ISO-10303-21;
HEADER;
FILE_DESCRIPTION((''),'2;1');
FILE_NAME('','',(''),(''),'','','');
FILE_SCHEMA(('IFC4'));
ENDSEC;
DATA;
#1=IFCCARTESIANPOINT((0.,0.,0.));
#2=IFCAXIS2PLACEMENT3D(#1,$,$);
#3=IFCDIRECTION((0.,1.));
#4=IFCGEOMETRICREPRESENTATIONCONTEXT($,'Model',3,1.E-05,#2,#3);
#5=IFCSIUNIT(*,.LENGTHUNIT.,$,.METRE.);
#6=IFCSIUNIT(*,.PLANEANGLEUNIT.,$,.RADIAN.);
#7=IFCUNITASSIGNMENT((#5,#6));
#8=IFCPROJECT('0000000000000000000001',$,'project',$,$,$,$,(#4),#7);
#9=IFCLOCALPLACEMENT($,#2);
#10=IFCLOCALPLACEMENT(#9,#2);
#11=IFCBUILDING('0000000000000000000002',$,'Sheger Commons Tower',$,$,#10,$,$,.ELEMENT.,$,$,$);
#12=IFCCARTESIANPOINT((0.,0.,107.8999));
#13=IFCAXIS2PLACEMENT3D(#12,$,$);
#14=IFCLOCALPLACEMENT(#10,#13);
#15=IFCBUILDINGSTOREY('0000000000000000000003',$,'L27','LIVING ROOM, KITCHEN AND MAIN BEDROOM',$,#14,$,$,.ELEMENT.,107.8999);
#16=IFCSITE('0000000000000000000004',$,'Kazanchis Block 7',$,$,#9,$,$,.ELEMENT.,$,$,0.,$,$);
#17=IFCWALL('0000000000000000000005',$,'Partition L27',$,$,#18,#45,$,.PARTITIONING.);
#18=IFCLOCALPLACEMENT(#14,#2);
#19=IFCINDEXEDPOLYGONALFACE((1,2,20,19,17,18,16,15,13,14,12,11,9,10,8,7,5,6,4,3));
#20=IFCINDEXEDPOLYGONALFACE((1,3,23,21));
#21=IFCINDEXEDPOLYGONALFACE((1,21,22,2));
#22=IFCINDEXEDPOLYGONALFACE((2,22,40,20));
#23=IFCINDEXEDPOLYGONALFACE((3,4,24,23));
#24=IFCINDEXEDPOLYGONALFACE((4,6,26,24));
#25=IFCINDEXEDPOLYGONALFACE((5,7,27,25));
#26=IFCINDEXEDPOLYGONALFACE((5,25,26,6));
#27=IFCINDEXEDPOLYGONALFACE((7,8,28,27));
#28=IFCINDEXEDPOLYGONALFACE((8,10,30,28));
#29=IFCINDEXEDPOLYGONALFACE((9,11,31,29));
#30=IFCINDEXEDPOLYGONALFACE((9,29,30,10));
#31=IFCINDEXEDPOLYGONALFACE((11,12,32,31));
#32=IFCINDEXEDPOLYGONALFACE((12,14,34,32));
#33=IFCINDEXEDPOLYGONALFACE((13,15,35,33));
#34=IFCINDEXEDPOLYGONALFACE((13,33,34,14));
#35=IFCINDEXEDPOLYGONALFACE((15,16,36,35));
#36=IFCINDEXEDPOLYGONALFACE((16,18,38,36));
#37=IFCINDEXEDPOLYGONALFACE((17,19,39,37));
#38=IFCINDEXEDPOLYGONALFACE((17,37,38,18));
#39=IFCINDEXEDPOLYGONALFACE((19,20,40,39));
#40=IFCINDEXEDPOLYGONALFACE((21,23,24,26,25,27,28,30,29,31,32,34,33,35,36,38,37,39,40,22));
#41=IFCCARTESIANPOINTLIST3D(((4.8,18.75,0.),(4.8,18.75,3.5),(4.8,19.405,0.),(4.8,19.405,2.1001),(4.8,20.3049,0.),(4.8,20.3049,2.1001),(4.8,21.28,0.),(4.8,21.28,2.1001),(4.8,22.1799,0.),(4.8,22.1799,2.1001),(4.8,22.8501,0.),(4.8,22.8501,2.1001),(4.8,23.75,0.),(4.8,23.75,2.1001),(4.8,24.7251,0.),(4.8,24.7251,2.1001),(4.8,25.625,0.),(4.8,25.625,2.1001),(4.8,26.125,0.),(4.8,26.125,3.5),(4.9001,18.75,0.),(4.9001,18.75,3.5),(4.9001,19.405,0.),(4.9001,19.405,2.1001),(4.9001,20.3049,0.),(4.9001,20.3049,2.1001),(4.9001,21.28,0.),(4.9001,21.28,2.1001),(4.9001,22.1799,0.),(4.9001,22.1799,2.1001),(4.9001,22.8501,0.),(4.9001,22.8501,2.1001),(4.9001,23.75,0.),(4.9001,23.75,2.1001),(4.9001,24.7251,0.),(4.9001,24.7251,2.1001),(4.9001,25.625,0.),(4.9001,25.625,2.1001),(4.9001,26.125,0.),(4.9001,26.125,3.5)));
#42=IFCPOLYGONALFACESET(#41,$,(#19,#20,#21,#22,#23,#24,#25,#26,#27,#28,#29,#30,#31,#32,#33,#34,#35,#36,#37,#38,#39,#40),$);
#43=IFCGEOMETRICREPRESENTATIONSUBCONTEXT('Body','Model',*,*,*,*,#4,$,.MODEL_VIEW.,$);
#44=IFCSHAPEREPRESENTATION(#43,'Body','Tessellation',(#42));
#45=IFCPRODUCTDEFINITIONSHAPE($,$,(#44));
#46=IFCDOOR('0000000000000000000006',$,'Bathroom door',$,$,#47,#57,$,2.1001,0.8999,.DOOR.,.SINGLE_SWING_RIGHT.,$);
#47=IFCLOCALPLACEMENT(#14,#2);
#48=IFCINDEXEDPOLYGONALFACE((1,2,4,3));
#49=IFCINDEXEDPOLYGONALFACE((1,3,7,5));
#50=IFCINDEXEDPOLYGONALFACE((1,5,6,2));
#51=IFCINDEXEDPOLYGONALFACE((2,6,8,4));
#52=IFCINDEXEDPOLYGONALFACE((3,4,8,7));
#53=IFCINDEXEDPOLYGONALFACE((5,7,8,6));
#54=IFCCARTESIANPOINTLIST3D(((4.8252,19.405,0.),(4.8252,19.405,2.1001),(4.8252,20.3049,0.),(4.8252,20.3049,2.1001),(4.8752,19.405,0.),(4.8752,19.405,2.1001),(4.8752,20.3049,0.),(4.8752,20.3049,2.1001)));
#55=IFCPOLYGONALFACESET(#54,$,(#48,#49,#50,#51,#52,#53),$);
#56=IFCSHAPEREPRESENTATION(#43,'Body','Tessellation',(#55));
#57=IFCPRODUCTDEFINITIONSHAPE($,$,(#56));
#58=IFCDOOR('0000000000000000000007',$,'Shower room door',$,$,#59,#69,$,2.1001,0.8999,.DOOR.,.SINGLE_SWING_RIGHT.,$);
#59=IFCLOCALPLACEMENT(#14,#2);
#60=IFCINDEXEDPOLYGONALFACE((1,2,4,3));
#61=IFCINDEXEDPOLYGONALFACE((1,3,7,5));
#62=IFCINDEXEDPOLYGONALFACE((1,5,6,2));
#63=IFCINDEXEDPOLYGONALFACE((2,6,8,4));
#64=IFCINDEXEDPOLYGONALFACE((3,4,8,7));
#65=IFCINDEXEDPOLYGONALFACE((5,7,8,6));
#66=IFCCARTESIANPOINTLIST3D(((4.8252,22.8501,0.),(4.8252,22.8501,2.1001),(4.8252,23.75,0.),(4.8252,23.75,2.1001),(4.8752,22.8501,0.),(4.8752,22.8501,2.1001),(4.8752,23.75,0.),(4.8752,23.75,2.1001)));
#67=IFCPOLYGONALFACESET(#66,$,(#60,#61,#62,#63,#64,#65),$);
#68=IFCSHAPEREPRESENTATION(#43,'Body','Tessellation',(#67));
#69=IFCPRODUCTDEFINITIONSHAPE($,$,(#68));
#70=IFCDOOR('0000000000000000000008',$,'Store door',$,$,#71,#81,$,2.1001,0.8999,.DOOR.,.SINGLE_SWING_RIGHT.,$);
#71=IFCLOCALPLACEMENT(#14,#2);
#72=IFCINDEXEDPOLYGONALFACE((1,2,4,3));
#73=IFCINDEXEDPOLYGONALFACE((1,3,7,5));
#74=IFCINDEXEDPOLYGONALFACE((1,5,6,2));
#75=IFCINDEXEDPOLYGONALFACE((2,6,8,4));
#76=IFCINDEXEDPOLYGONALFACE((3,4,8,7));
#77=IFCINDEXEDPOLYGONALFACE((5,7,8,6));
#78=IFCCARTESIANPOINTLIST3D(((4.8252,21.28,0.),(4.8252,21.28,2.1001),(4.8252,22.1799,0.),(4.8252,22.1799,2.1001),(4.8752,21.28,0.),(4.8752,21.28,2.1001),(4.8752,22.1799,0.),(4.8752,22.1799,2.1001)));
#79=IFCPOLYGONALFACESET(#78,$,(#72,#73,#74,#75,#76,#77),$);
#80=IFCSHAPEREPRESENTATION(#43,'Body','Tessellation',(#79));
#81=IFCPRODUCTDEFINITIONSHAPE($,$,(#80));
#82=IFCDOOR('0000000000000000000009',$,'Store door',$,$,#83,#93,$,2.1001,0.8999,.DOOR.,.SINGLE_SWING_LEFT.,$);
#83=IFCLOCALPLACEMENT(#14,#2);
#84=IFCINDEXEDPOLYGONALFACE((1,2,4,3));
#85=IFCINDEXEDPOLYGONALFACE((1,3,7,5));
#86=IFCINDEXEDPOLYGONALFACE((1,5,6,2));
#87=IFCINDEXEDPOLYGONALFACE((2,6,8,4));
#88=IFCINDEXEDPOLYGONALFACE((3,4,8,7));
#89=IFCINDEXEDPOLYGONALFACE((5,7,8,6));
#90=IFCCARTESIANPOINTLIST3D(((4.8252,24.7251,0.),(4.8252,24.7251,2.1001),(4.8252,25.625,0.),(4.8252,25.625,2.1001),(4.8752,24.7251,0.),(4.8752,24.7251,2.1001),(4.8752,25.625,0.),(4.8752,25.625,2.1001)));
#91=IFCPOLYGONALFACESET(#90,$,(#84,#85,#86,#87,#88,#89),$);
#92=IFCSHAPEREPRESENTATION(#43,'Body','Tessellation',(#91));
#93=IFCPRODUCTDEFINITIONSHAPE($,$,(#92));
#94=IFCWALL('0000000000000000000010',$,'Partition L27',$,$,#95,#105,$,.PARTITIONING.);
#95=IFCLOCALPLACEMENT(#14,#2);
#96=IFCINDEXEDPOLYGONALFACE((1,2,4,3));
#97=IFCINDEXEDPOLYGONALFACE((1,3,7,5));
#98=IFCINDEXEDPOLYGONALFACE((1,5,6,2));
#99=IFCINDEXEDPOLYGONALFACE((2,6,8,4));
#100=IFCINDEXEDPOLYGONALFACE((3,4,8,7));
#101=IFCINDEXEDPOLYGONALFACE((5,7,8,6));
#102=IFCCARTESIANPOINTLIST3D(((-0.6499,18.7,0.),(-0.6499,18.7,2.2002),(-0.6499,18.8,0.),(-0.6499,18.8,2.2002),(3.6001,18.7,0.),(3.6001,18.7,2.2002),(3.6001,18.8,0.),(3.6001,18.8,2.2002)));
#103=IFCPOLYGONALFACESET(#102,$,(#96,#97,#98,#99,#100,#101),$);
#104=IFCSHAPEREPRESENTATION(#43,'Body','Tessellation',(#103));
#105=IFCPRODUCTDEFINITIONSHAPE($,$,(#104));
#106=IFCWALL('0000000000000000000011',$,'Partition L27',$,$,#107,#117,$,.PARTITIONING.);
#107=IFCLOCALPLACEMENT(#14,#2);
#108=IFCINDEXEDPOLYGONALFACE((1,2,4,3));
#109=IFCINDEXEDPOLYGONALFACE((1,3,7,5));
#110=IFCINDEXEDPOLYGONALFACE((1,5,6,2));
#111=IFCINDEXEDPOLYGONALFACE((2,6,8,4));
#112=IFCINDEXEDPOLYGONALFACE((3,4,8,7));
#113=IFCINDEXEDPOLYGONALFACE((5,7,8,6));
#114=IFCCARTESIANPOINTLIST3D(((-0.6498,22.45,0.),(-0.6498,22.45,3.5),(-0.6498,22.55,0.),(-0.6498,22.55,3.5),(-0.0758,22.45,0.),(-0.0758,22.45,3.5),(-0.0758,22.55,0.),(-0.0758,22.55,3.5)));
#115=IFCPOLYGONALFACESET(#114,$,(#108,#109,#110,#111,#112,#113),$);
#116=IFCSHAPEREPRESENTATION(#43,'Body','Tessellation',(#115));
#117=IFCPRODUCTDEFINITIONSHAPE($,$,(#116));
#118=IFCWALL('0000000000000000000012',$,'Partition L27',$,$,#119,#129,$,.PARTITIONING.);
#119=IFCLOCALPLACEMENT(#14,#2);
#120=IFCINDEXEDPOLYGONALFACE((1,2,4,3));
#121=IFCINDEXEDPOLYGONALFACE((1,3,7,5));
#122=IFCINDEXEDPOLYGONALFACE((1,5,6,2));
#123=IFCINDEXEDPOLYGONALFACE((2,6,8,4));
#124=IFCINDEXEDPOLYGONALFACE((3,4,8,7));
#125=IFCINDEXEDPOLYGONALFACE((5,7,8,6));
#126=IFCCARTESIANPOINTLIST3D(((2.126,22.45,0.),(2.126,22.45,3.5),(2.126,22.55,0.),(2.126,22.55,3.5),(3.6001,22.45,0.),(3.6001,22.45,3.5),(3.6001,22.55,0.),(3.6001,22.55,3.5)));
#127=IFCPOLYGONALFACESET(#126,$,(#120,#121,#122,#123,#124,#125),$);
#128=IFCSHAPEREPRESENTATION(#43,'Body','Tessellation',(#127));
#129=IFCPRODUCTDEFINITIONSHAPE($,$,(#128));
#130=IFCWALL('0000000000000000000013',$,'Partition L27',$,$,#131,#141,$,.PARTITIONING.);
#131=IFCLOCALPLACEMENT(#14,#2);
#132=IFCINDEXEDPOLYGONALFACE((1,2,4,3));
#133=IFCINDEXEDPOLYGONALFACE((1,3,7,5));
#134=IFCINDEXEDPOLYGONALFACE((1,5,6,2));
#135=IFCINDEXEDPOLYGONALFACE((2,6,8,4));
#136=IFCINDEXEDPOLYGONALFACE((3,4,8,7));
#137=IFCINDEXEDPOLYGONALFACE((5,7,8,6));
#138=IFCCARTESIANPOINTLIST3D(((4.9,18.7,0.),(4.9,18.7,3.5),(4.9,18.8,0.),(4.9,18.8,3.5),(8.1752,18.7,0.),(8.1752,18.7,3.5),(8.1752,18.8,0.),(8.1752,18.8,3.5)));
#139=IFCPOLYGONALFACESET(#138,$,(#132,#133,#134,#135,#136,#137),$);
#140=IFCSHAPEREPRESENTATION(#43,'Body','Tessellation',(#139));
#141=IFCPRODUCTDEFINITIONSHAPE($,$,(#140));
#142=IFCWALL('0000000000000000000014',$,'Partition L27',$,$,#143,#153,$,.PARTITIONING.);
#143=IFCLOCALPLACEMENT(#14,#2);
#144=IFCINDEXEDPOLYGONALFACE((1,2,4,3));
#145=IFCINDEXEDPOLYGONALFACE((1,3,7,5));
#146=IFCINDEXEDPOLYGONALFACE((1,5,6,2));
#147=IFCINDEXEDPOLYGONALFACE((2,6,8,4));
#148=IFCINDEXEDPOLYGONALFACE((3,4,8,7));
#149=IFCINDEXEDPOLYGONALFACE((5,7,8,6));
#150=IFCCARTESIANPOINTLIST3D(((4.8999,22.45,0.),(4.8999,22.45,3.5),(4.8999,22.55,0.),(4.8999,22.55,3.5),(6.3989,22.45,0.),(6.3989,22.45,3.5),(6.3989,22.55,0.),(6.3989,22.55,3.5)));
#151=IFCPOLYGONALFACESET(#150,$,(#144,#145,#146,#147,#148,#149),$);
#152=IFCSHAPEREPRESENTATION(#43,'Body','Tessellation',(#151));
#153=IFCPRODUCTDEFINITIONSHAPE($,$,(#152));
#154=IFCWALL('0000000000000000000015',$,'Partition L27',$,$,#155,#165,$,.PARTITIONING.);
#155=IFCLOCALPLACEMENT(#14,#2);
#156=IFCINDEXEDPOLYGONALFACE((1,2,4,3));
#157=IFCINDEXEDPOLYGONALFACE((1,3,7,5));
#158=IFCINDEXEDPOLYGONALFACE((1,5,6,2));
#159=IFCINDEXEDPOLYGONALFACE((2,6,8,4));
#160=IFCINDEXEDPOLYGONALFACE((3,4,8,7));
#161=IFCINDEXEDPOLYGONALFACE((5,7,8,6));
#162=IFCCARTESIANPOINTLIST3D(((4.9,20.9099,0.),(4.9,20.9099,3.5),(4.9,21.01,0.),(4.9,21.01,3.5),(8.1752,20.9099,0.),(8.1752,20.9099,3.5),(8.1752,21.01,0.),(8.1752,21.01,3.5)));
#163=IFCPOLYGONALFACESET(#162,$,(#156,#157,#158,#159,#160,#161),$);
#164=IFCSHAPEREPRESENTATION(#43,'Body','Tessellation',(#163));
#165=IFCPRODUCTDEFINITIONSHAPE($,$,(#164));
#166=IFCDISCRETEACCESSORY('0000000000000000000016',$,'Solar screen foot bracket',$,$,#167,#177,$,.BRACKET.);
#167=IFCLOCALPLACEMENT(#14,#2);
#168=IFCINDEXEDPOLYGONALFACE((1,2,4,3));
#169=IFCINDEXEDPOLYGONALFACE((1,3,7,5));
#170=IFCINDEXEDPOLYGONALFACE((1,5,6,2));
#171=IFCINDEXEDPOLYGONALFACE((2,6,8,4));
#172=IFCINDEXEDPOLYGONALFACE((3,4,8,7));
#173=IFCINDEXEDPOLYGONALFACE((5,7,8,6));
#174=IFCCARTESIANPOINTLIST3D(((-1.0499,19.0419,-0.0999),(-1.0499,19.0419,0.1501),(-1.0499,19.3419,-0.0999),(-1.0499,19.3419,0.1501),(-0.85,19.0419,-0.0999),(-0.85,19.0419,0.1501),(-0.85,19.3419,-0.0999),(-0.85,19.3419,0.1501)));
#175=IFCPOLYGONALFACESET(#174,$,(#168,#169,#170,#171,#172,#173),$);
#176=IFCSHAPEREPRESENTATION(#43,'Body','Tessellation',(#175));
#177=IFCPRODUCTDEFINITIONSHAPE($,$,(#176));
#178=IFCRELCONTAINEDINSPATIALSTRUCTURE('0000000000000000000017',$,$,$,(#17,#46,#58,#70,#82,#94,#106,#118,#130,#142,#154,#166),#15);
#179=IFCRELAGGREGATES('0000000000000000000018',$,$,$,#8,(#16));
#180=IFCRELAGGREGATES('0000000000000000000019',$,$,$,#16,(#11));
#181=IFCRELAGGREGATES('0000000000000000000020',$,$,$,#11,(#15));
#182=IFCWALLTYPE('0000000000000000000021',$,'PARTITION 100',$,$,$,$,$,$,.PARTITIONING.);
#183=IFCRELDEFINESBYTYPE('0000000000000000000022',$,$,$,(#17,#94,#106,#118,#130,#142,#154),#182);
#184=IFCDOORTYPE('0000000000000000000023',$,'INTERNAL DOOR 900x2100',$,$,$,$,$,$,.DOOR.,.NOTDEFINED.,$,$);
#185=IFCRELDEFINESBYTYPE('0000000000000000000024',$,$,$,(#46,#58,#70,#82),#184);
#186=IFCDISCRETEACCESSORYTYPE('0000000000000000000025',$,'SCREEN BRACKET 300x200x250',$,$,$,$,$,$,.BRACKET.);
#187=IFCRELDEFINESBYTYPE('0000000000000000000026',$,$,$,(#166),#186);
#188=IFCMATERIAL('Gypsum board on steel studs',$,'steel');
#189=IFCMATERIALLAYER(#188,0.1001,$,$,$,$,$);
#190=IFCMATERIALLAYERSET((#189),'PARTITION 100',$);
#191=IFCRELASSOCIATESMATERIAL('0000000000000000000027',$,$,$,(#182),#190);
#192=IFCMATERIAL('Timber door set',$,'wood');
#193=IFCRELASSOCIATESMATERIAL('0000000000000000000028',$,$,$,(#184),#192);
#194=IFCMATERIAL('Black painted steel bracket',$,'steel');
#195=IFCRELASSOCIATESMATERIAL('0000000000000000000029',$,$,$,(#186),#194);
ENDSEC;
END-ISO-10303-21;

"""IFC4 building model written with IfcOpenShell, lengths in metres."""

from ifc_helpers import new_model, si_unit, direction, frame, frame_2d, origin, origin_2d, place, context, subcontext, project, spatial, rectangle, extrude, material, layer, layer_set, type_object, element, fill, save


model = new_model("IFC4")

# Units and contexts
model_context = context("Model", 3, precision=1e-05, world=origin(), true_north=direction((0.0, 1.0)))
body_context = subcontext(model_context, "Body", "Model", "MODEL_VIEW")
ifc_project = project(units=[si_unit("LENGTHUNIT", "METRE"), si_unit("PLANEANGLEUNIT", "RADIAN")], contexts=[model_context])

# Site, building, storey
site_placement = place(None, origin())
site = spatial("IfcSite", under=ifc_project, at=site_placement, Name="Kazanchis Block 7", CompositionType="ELEMENT", RefElevation=0.0)
building_placement = place(site_placement, origin())
building = spatial("IfcBuilding", under=site, at=building_placement, Name="Sheger Commons Tower", CompositionType="ELEMENT")
storey_placement = place(building_placement, frame((0.0, 0.0, 107.8999)))
storey = spatial("IfcBuildingStorey", under=building, at=storey_placement, Name="L27", Description="LIVING ROOM, KITCHEN AND MAIN BEDROOM", CompositionType="ELEMENT", Elevation=107.8999)

# Wall, openings, doors
ifc_material_1 = material(Name="Gypsum board on steel studs", Category="steel")
ifc_layer_1 = layer(ifc_material_1, 0.1001)
ifc_layer_set_1 = layer_set([ifc_layer_1], Name="PARTITION 100")
wall_type = type_object("IfcWallType", Name="PARTITION 100", PredefinedType="PARTITIONING", material=ifc_layer_set_1)
ifc_material_2 = material(Name="Timber door set", Category="wood")
door_type = type_object("IfcDoorType", Name="INTERNAL DOOR 900x2100", OperationType="NOTDEFINED", PredefinedType="DOOR", material=ifc_material_2)
wall_1_placement = place(storey_placement, frame((4.8501, 18.75, 0.0), z_axis=(0.0, 0.0, 1.0), x_axis=(0.0, 1.0, 0.0)))
wall_1 = element("IfcWall", 1, at=wall_1_placement, inside=storey, type_object=wall_type, Name="Partition L27", PredefinedType="PARTITIONING", context=body_context, shape_type="SweptSolid", body=[
    extrude(rectangle(XDim=7.375, YDim=0.1001, at=frame_2d((3.6875, 0.0))), origin(), (0.0, 0.0, 1.0), 3.5),
])
opening_1_placement = place(wall_1_placement, frame((0.655, 0.0, 0.0)))
opening_1 = element("IfcOpeningElement", 2, at=opening_1_placement, cuts=wall_1, PredefinedType="OPENING", context=body_context, shape_type="SweptSolid", body=[
    extrude(rectangle(XDim=0.8999, YDim=2.1001, at=frame_2d((0.45, 1.05))), frame((0.0, 0.0601, 0.0), z_axis=(0.0, -1.0, 0.0), x_axis=(1.0, 0.0, 0.0)), (0.0, 0.0, 1.0), 0.1201),
])
opening_2_placement = place(wall_1_placement, frame((4.1001, 0.0, 0.0)))
opening_2 = element("IfcOpeningElement", 3, at=opening_2_placement, cuts=wall_1, PredefinedType="OPENING", context=body_context, shape_type="SweptSolid", body=[
    extrude(rectangle(XDim=0.8999, YDim=2.1001, at=frame_2d((0.45, 1.05))), frame((0.0, 0.0601, 0.0), z_axis=(0.0, -1.0, 0.0), x_axis=(1.0, 0.0, 0.0)), (0.0, 0.0, 1.0), 0.1201),
])
opening_3_placement = place(wall_1_placement, frame((2.53, 0.0, 0.0)))
opening_3 = element("IfcOpeningElement", 4, at=opening_3_placement, cuts=wall_1, PredefinedType="OPENING", context=body_context, shape_type="SweptSolid", body=[
    extrude(rectangle(XDim=0.8999, YDim=2.1001, at=frame_2d((0.45, 1.05))), frame((0.0, 0.0601, 0.0), z_axis=(0.0, -1.0, 0.0), x_axis=(1.0, 0.0, 0.0)), (0.0, 0.0, 1.0), 0.1201),
])
opening_4_placement = place(wall_1_placement, frame((5.9751, 0.0, 0.0)))
opening_4 = element("IfcOpeningElement", 5, at=opening_4_placement, cuts=wall_1, PredefinedType="OPENING", context=body_context, shape_type="SweptSolid", body=[
    extrude(rectangle(XDim=0.8999, YDim=2.1001, at=frame_2d((0.45, 1.05))), frame((0.0, 0.0601, 0.0), z_axis=(0.0, -1.0, 0.0), x_axis=(1.0, 0.0, 0.0)), (0.0, 0.0, 1.0), 0.1201),
])
door_1_placement = place(opening_1_placement, origin())
door_1 = element("IfcDoor", 6, at=door_1_placement, inside=storey, type_object=door_type, Name="Bathroom door", OperationType="SINGLE_SWING_RIGHT", OverallHeight=2.1001, OverallWidth=0.8999, PredefinedType="DOOR", context=body_context, shape_type="SweptSolid", body=[
    extrude(rectangle(XDim=0.8999, YDim=2.1001, at=frame_2d((0.45, 1.05))), frame((0.0, 0.0249, 0.0), z_axis=(0.0, -1.0, 0.0), x_axis=(1.0, 0.0, 0.0)), (0.0, 0.0, 1.0), 0.05),
])
fill(opening_1, door_1)
door_2_placement = place(opening_2_placement, origin())
door_2 = element("IfcDoor", 7, at=door_2_placement, inside=storey, type_object=door_type, Name="Shower room door", OperationType="SINGLE_SWING_RIGHT", OverallHeight=2.1001, OverallWidth=0.8999, PredefinedType="DOOR", context=body_context, shape_type="SweptSolid", body=[
    extrude(rectangle(XDim=0.8999, YDim=2.1001, at=frame_2d((0.45, 1.05))), frame((0.0, 0.0249, 0.0), z_axis=(0.0, -1.0, 0.0), x_axis=(1.0, 0.0, 0.0)), (0.0, 0.0, 1.0), 0.05),
])
fill(opening_2, door_2)
door_3_placement = place(opening_3_placement, origin())
door_3 = element("IfcDoor", 8, at=door_3_placement, inside=storey, type_object=door_type, Name="Store door", OperationType="SINGLE_SWING_RIGHT", OverallHeight=2.1001, OverallWidth=0.8999, PredefinedType="DOOR", context=body_context, shape_type="SweptSolid", body=[
    extrude(rectangle(XDim=0.8999, YDim=2.1001, at=frame_2d((0.45, 1.05))), frame((0.0, 0.0249, 0.0), z_axis=(0.0, -1.0, 0.0), x_axis=(1.0, 0.0, 0.0)), (0.0, 0.0, 1.0), 0.05),
])
fill(opening_3, door_3)
door_4_placement = place(opening_4_placement, origin())
door_4 = element("IfcDoor", 9, at=door_4_placement, inside=storey, type_object=door_type, Name="Store door", OperationType="SINGLE_SWING_LEFT", OverallHeight=2.1001, OverallWidth=0.8999, PredefinedType="DOOR", context=body_context, shape_type="SweptSolid", body=[
    extrude(rectangle(XDim=0.8999, YDim=2.1001, at=frame_2d((0.45, 1.05))), frame((0.0, 0.0249, 0.0), z_axis=(0.0, -1.0, 0.0), x_axis=(1.0, 0.0, 0.0)), (0.0, 0.0, 1.0), 0.05),
])
fill(opening_4, door_4)

# Walls
wall_2_placement = place(storey_placement, frame((-0.6499, 18.75, 0.0), z_axis=(0.0, 0.0, 1.0), x_axis=(1.0, 0.0, 0.0)))
element("IfcWall", 10, at=wall_2_placement, inside=storey, type_object=wall_type, Name="Partition L27", PredefinedType="PARTITIONING", context=body_context, shape_type="SweptSolid", body=[
    extrude(rectangle(XDim=4.25, YDim=0.1001, at=frame_2d((2.125, 0.0))), origin(), (0.0, 0.0, 1.0), 2.2002),
])
wall_3_placement = place(storey_placement, frame((-0.6499, 22.5, 0.0), z_axis=(0.0, 0.0, 1.0), x_axis=(1.0, 0.0, 0.0)))
element("IfcWall", 11, at=wall_3_placement, inside=storey, type_object=wall_type, Name="Partition L27", PredefinedType="PARTITIONING", context=body_context, shape_type="SweptSolid", body=[
    extrude(rectangle(XDim=0.574, YDim=0.1001, at=frame_2d((0.2871, 0.0))), origin(), (0.0, 0.0, 1.0), 3.5),
])
wall_4_placement = place(storey_placement, frame((2.126, 22.5, 0.0), z_axis=(0.0, 0.0, 1.0), x_axis=(1.0, 0.0, 0.0)))
element("IfcWall", 12, at=wall_4_placement, inside=storey, type_object=wall_type, Name="Partition L27", PredefinedType="PARTITIONING", context=body_context, shape_type="SweptSolid", body=[
    extrude(rectangle(XDim=1.4741, YDim=0.1001, at=frame_2d((0.7371, 0.0))), origin(), (0.0, 0.0, 1.0), 3.5),
])
wall_5_placement = place(storey_placement, frame((4.8999, 18.75, 0.0), z_axis=(0.0, 0.0, 1.0), x_axis=(1.0, 0.0, 0.0)))
element("IfcWall", 13, at=wall_5_placement, inside=storey, type_object=wall_type, Name="Partition L27", PredefinedType="PARTITIONING", context=body_context, shape_type="SweptSolid", body=[
    extrude(rectangle(XDim=3.2751, YDim=0.1001, at=frame_2d((1.6377, 0.0))), origin(), (0.0, 0.0, 1.0), 3.5),
])
wall_6_placement = place(storey_placement, frame((4.8999, 22.5, 0.0), z_axis=(0.0, 0.0, 1.0), x_axis=(1.0, 0.0, 0.0)))
element("IfcWall", 14, at=wall_6_placement, inside=storey, type_object=wall_type, Name="Partition L27", PredefinedType="PARTITIONING", context=body_context, shape_type="SweptSolid", body=[
    extrude(rectangle(XDim=1.499, YDim=0.1001, at=frame_2d((0.7495, 0.0))), origin(), (0.0, 0.0, 1.0), 3.5),
])
wall_7_placement = place(storey_placement, frame((4.8999, 20.96, 0.0), z_axis=(0.0, 0.0, 1.0), x_axis=(1.0, 0.0, 0.0)))
element("IfcWall", 15, at=wall_7_placement, inside=storey, type_object=wall_type, Name="Partition L27", PredefinedType="PARTITIONING", context=body_context, shape_type="SweptSolid", body=[
    extrude(rectangle(XDim=3.2751, YDim=0.1001, at=frame_2d((1.6377, 0.0))), origin(), (0.0, 0.0, 1.0), 3.5),
])

# Discrete accessory
ifc_material_3 = material(Name="Black painted steel bracket", Category="steel")
discrete_accessory_type = type_object("IfcDiscreteAccessoryType", Name="SCREEN BRACKET 300x200x250", PredefinedType="BRACKET", material=ifc_material_3)
for number, where, z_axis, x_axis, name in (
    (16, (-0.95, 19.1919, -0.0999), (0.0, 0.0, 1.0), (0.0, -1.0, 0.0), "Solar screen foot bracket"),
):
    element("IfcDiscreteAccessory", number, at=place(storey_placement, frame(where, z_axis=z_axis, x_axis=x_axis)), inside=storey, type_object=discrete_accessory_type, Name=name, PredefinedType="BRACKET", context=body_context, shape_type="SweptSolid", body=[
        extrude(rectangle(XDim=0.3, YDim=0.2, at=origin_2d()), origin(), (0.0, 0.0, 1.0), 0.25),
    ])

save(model, "model.ifc")
